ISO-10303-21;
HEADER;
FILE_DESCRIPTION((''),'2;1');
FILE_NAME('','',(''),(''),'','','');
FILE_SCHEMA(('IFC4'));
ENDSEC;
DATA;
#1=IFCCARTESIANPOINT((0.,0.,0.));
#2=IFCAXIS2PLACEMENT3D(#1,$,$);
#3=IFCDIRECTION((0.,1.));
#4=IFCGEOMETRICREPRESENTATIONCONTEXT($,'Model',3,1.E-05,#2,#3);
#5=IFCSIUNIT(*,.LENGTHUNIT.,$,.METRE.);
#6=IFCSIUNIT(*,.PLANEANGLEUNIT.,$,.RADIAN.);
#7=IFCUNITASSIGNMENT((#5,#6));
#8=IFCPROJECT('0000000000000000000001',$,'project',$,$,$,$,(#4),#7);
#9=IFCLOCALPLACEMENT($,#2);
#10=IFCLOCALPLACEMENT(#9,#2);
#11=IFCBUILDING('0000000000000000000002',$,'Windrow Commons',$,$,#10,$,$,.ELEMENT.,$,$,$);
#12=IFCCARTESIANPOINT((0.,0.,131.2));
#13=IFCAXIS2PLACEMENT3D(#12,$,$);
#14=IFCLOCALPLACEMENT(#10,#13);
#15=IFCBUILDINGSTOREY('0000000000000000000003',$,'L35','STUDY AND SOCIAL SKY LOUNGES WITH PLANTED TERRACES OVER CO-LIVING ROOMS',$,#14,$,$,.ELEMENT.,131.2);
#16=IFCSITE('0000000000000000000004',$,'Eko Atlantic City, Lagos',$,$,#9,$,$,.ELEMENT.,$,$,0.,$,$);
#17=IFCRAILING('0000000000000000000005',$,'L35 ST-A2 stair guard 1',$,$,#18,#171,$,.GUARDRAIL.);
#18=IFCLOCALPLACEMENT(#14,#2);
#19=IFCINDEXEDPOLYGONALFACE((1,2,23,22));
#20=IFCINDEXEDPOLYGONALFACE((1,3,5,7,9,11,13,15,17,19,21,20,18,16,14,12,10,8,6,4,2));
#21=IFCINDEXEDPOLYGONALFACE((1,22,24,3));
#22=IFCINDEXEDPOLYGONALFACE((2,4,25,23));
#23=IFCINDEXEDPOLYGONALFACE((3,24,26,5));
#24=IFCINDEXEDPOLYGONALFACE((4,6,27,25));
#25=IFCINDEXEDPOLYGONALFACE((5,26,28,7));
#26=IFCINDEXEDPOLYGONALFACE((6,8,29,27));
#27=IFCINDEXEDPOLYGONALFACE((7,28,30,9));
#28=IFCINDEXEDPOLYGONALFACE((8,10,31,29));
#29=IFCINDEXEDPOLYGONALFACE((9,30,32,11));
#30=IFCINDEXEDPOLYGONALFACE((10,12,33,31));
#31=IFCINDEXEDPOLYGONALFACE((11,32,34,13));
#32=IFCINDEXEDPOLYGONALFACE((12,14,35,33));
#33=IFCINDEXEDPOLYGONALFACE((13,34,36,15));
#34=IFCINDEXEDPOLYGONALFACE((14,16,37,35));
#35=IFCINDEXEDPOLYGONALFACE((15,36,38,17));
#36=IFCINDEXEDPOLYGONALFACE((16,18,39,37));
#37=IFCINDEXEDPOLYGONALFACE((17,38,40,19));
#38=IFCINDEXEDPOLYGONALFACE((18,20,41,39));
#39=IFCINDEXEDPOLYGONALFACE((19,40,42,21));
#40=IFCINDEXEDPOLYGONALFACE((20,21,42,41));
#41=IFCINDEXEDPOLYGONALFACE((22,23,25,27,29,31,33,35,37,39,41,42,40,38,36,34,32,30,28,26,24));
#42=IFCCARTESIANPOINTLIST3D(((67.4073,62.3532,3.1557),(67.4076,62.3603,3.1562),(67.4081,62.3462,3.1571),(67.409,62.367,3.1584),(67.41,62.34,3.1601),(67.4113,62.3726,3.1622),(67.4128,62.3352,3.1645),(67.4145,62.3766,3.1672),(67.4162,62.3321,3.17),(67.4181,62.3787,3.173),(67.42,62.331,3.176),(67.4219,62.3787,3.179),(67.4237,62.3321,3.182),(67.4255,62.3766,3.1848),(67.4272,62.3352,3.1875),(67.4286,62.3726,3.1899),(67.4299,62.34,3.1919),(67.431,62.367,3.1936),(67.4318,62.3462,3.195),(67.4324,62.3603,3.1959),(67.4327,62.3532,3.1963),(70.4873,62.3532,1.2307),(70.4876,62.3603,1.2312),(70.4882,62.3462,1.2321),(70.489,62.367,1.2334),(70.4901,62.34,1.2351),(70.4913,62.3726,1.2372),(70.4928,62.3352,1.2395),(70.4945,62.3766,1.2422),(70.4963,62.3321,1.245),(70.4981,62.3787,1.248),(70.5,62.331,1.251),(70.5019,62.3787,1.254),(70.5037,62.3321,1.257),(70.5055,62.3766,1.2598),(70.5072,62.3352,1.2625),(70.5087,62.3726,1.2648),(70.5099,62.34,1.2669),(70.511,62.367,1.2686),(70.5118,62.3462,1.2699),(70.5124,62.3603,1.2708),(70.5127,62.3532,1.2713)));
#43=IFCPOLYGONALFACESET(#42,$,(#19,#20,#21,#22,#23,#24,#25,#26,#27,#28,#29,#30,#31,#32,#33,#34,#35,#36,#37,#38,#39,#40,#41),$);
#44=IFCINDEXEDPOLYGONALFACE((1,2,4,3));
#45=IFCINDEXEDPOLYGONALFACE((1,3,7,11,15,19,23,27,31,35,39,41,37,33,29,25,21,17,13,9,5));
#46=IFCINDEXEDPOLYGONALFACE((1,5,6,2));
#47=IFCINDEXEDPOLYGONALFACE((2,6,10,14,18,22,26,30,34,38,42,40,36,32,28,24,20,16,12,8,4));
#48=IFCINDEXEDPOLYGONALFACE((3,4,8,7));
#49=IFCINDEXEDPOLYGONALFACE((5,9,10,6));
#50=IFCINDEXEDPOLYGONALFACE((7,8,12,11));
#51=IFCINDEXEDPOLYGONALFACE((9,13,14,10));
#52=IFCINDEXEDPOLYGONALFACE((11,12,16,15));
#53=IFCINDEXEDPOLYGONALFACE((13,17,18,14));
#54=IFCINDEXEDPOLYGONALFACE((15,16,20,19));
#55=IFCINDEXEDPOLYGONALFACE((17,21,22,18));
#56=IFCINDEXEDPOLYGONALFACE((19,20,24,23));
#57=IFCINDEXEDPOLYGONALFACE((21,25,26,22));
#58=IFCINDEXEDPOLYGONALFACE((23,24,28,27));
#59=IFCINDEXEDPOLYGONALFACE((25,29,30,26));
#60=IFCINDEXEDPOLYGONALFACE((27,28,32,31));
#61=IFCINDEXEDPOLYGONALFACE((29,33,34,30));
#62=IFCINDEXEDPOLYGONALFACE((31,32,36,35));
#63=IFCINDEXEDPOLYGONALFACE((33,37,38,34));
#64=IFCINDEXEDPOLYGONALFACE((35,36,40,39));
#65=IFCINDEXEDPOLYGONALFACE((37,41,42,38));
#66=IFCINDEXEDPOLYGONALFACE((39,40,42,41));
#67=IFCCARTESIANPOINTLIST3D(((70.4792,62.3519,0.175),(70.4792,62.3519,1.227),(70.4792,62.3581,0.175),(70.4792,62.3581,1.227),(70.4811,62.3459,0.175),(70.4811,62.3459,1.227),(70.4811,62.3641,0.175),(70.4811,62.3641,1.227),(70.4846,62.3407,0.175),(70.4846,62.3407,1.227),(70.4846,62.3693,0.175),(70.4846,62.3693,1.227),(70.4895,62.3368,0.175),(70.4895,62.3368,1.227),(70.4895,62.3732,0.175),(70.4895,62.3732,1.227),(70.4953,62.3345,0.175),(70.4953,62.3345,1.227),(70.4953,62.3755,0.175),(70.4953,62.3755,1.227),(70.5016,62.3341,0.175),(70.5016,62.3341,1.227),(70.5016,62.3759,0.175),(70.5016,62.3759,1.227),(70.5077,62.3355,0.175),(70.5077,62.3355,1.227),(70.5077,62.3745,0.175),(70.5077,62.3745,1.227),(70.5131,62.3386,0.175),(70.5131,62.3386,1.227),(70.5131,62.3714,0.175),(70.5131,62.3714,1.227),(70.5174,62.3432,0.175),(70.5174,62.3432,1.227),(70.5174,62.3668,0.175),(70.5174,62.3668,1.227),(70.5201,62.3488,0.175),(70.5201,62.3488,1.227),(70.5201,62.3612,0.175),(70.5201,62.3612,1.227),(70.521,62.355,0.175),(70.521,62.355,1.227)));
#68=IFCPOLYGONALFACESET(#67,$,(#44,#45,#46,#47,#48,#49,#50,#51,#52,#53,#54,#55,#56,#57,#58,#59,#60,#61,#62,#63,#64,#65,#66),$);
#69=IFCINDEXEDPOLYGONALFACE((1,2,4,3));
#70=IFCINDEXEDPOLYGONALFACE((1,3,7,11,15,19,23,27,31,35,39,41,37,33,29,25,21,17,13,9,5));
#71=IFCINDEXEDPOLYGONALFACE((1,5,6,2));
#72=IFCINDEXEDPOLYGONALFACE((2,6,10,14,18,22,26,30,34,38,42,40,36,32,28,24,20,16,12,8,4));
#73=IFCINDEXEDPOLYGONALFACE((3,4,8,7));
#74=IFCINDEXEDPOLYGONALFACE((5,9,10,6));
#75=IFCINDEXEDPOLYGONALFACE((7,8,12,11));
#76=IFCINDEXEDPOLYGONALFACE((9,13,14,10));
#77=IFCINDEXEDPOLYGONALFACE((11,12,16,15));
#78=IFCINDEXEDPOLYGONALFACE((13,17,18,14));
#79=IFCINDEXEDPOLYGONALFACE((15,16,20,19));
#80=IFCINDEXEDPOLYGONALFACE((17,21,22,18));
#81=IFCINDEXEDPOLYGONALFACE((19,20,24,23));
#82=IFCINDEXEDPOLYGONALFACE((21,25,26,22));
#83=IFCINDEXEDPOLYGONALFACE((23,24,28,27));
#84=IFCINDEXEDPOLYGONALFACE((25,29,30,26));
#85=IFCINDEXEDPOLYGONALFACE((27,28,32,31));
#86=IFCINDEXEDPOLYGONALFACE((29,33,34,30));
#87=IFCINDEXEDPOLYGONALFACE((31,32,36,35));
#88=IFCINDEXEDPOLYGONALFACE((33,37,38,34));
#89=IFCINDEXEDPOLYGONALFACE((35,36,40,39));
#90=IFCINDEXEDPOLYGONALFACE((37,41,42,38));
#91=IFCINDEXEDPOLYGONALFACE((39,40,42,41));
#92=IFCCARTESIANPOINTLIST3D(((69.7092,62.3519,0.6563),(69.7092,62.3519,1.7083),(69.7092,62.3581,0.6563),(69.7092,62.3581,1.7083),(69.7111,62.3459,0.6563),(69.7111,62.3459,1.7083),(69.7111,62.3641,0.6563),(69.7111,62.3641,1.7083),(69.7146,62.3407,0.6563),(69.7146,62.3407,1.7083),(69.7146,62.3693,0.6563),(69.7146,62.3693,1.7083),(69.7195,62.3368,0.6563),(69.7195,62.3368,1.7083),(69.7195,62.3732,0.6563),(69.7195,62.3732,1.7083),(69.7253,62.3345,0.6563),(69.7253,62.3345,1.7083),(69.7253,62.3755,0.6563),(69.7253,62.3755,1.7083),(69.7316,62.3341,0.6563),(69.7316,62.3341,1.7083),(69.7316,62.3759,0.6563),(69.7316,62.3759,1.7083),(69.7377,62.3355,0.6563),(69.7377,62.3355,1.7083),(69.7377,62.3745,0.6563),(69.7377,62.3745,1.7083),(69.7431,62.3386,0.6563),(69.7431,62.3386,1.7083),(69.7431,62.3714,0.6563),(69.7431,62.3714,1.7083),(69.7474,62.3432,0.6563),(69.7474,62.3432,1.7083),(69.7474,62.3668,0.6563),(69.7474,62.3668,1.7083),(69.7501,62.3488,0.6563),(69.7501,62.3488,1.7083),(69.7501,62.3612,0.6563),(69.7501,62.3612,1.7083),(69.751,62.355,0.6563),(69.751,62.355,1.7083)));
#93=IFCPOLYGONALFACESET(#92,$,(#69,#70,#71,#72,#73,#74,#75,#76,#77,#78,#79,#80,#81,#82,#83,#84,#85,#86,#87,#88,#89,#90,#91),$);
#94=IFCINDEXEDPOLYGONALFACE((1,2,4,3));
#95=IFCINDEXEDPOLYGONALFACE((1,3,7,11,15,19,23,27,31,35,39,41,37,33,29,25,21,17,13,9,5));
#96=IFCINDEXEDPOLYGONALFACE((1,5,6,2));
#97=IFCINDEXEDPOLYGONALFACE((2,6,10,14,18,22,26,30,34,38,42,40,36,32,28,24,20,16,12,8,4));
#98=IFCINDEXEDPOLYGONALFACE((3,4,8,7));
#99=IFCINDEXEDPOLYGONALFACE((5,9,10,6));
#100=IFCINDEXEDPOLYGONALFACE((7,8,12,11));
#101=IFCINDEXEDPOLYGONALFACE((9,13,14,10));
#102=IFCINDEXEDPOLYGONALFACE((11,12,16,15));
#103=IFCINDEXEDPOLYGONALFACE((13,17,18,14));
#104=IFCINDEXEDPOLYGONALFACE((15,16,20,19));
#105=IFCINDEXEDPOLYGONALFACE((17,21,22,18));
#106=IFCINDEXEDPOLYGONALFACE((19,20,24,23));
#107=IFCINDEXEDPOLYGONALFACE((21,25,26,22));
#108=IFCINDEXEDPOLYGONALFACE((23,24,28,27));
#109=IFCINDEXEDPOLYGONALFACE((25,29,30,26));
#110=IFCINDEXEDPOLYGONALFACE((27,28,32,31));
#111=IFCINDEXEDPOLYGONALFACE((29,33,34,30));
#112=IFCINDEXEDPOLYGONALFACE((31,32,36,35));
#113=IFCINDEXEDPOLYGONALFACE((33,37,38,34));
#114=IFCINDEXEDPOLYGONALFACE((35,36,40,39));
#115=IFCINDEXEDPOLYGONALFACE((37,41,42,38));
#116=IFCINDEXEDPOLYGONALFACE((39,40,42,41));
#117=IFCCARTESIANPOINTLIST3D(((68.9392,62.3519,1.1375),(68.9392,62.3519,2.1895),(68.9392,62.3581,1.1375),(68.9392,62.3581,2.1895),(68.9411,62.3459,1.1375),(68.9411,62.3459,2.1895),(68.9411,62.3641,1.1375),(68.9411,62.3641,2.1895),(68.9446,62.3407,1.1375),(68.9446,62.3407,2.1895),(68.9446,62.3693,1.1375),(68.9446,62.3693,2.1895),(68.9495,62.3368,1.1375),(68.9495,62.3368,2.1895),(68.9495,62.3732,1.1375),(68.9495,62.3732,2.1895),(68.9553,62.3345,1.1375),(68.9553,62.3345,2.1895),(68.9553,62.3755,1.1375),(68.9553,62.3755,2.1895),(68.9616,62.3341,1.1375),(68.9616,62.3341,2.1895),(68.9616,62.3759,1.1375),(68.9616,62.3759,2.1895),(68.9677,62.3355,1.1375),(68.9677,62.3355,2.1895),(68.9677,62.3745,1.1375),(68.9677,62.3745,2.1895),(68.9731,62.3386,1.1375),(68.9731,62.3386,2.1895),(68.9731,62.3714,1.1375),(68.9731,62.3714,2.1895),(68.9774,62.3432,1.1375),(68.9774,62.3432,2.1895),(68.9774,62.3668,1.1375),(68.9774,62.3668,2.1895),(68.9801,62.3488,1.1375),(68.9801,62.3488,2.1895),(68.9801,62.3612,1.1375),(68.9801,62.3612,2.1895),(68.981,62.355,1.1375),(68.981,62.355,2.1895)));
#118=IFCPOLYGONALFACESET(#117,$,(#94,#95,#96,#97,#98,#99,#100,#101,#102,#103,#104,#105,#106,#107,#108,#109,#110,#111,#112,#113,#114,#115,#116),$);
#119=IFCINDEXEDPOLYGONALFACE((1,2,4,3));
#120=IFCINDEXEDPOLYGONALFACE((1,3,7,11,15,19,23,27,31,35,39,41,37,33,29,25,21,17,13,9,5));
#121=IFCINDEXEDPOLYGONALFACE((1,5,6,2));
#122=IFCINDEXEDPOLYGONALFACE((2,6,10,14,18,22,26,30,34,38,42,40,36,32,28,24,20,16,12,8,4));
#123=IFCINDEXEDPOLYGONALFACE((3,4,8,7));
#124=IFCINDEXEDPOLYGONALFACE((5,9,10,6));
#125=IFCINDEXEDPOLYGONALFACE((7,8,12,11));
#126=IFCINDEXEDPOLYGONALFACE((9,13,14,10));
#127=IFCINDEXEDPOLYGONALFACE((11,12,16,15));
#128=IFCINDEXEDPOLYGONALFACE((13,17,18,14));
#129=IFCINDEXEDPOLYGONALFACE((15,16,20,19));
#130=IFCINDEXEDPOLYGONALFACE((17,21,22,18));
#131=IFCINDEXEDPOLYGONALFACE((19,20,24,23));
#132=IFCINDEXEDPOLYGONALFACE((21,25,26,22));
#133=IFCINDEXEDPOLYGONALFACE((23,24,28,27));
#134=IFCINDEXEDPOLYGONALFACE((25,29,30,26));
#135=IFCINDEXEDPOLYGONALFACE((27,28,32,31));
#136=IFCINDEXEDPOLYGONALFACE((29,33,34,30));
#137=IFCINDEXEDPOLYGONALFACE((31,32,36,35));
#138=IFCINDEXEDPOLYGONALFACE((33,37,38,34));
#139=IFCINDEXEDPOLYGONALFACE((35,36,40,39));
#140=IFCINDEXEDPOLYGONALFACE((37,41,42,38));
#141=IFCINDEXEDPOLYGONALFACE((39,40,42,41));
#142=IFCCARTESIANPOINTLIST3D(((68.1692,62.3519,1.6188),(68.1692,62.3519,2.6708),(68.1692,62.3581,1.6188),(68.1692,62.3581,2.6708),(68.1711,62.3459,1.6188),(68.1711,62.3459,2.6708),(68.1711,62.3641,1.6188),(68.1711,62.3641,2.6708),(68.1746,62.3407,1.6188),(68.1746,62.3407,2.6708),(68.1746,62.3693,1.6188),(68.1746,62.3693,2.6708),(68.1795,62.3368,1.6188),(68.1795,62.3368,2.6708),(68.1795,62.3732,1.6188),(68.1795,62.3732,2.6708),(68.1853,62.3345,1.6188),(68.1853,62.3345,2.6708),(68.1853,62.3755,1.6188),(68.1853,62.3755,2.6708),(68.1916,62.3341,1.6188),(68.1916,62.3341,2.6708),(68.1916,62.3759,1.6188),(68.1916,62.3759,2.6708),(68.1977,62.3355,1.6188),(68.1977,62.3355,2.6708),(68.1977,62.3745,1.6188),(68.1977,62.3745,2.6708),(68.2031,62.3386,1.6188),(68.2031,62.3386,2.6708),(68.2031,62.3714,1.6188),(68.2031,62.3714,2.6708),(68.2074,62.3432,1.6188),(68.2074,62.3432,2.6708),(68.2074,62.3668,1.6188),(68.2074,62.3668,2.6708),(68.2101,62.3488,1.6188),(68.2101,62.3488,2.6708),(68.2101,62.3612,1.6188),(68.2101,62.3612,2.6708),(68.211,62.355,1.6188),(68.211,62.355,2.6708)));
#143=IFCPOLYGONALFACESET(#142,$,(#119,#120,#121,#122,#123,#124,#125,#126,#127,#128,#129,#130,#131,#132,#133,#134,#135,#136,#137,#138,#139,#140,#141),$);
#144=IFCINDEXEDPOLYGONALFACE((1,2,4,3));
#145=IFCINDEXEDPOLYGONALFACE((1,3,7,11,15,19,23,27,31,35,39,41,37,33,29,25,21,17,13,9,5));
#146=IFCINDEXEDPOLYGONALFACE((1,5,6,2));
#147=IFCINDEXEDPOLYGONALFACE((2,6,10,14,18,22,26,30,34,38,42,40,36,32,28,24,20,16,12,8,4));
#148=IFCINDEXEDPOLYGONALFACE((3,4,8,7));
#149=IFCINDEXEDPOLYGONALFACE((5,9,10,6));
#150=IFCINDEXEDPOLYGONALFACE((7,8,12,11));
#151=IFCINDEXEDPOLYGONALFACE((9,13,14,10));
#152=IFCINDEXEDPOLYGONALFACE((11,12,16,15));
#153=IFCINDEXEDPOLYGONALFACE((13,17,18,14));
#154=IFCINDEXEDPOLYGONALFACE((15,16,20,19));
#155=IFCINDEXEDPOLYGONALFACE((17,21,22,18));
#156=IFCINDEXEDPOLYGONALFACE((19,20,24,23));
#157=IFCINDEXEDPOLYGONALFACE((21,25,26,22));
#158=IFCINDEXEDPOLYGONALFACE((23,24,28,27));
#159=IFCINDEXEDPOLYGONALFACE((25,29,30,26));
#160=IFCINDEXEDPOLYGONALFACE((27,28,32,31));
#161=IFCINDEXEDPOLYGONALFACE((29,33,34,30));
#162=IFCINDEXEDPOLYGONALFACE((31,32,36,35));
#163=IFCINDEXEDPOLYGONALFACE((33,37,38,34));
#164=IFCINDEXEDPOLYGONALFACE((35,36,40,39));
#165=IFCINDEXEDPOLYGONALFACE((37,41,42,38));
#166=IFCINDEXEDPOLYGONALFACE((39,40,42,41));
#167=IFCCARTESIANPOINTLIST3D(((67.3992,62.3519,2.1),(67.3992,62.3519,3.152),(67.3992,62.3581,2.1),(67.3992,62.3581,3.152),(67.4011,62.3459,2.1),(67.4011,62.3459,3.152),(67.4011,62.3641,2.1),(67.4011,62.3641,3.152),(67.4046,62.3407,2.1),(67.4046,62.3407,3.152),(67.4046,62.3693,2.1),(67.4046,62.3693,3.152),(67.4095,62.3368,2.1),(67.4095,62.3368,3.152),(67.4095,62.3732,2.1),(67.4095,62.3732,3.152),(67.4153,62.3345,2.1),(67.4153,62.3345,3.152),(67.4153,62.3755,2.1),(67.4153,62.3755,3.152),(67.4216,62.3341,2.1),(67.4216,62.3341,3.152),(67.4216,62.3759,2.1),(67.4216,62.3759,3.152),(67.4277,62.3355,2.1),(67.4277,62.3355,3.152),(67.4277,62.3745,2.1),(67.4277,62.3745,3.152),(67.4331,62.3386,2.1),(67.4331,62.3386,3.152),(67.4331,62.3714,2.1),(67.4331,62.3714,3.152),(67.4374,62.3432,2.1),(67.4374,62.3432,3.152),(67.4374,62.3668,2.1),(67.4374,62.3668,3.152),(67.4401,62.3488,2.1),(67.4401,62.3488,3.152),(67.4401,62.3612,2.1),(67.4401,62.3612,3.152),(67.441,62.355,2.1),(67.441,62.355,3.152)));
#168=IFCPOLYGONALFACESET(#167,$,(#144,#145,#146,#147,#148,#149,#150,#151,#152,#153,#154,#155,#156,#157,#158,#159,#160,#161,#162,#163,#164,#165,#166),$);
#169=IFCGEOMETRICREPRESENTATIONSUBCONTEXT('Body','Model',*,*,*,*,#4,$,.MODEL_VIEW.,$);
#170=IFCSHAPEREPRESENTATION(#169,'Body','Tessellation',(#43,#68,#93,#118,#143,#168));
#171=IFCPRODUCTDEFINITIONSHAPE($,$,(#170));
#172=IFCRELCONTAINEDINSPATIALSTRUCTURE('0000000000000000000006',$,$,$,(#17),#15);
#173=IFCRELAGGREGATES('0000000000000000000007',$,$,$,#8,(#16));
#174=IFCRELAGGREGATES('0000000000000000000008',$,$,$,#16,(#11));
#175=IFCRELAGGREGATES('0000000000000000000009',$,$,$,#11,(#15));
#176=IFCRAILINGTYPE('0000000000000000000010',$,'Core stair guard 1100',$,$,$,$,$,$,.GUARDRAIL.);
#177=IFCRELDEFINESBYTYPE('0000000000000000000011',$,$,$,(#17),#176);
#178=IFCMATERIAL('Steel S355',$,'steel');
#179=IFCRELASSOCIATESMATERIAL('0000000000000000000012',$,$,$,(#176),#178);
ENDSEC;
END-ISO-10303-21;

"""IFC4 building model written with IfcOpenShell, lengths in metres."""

from ifc_helpers import new_model, si_unit, direction, frame, origin, origin_2d, place, context, subcontext, project, spatial, circle, extrude, material, type_object, element, save


model = new_model("IFC4")

# Units and contexts
model_context = context("Model", 3, precision=1e-05, world=origin(), true_north=direction((0.0, 1.0)))
body_context = subcontext(model_context, "Body", "Model", "MODEL_VIEW")
ifc_project = project(units=[si_unit("LENGTHUNIT", "METRE"), si_unit("PLANEANGLEUNIT", "RADIAN")], contexts=[model_context])

# Site, building, storey
site_placement = place(None, origin())
site = spatial("IfcSite", under=ifc_project, at=site_placement, Name="Eko Atlantic City, Lagos", CompositionType="ELEMENT", RefElevation=0.0)
building_placement = place(site_placement, origin())
building = spatial("IfcBuilding", under=site, at=building_placement, Name="Windrow Commons", CompositionType="ELEMENT")
storey_placement = place(building_placement, frame((0.0, 0.0, 131.2)))
storey = spatial("IfcBuildingStorey", under=building, at=storey_placement, Name="L35", Description="STUDY AND SOCIAL SKY LOUNGES WITH PLANTED TERRACES OVER CO-LIVING ROOMS", CompositionType="ELEMENT", Elevation=131.2)

# Railing
ifc_material_1 = material(Name="Steel S355", Category="steel")
railing_type_1 = type_object("IfcRailingType", Name="Core stair guard 1100", PredefinedType="GUARDRAIL", material=ifc_material_1)
railing_1_placement = place(storey_placement, frame((70.5, 62.355, 0.175)))
element("IfcRailing", 1, at=railing_1_placement, inside=storey, type_object=railing_type_1, Name="L35 ST-A2 stair guard 1", PredefinedType="GUARDRAIL", context=body_context, shape_type="SweptSolid", body=[
    extrude(circle(Radius=0.024, at=origin_2d()), frame((0.0, 0.0, 1.076), z_axis=(-0.847998, 0.0, 0.529999), x_axis=(0.0, -1.0, 0.0)), (0.0, 0.0, 1.0), 3.6321),
    extrude(circle(Radius=0.021, at=origin_2d()), origin(), (0.0, 0.0, 1.0), 1.052),
    extrude(circle(Radius=0.021, at=origin_2d()), frame((-0.77, 0.0, 0.4813)), (0.0, 0.0, 1.0), 1.052),
    extrude(circle(Radius=0.021, at=origin_2d()), frame((-1.54, 0.0, 0.9625)), (0.0, 0.0, 1.0), 1.052),
    extrude(circle(Radius=0.021, at=origin_2d()), frame((-2.31, 0.0, 1.4438)), (0.0, 0.0, 1.0), 1.052),
    extrude(circle(Radius=0.021, at=origin_2d()), frame((-3.08, 0.0, 1.925)), (0.0, 0.0, 1.0), 1.052),
])

save(model, "model.ifc")
